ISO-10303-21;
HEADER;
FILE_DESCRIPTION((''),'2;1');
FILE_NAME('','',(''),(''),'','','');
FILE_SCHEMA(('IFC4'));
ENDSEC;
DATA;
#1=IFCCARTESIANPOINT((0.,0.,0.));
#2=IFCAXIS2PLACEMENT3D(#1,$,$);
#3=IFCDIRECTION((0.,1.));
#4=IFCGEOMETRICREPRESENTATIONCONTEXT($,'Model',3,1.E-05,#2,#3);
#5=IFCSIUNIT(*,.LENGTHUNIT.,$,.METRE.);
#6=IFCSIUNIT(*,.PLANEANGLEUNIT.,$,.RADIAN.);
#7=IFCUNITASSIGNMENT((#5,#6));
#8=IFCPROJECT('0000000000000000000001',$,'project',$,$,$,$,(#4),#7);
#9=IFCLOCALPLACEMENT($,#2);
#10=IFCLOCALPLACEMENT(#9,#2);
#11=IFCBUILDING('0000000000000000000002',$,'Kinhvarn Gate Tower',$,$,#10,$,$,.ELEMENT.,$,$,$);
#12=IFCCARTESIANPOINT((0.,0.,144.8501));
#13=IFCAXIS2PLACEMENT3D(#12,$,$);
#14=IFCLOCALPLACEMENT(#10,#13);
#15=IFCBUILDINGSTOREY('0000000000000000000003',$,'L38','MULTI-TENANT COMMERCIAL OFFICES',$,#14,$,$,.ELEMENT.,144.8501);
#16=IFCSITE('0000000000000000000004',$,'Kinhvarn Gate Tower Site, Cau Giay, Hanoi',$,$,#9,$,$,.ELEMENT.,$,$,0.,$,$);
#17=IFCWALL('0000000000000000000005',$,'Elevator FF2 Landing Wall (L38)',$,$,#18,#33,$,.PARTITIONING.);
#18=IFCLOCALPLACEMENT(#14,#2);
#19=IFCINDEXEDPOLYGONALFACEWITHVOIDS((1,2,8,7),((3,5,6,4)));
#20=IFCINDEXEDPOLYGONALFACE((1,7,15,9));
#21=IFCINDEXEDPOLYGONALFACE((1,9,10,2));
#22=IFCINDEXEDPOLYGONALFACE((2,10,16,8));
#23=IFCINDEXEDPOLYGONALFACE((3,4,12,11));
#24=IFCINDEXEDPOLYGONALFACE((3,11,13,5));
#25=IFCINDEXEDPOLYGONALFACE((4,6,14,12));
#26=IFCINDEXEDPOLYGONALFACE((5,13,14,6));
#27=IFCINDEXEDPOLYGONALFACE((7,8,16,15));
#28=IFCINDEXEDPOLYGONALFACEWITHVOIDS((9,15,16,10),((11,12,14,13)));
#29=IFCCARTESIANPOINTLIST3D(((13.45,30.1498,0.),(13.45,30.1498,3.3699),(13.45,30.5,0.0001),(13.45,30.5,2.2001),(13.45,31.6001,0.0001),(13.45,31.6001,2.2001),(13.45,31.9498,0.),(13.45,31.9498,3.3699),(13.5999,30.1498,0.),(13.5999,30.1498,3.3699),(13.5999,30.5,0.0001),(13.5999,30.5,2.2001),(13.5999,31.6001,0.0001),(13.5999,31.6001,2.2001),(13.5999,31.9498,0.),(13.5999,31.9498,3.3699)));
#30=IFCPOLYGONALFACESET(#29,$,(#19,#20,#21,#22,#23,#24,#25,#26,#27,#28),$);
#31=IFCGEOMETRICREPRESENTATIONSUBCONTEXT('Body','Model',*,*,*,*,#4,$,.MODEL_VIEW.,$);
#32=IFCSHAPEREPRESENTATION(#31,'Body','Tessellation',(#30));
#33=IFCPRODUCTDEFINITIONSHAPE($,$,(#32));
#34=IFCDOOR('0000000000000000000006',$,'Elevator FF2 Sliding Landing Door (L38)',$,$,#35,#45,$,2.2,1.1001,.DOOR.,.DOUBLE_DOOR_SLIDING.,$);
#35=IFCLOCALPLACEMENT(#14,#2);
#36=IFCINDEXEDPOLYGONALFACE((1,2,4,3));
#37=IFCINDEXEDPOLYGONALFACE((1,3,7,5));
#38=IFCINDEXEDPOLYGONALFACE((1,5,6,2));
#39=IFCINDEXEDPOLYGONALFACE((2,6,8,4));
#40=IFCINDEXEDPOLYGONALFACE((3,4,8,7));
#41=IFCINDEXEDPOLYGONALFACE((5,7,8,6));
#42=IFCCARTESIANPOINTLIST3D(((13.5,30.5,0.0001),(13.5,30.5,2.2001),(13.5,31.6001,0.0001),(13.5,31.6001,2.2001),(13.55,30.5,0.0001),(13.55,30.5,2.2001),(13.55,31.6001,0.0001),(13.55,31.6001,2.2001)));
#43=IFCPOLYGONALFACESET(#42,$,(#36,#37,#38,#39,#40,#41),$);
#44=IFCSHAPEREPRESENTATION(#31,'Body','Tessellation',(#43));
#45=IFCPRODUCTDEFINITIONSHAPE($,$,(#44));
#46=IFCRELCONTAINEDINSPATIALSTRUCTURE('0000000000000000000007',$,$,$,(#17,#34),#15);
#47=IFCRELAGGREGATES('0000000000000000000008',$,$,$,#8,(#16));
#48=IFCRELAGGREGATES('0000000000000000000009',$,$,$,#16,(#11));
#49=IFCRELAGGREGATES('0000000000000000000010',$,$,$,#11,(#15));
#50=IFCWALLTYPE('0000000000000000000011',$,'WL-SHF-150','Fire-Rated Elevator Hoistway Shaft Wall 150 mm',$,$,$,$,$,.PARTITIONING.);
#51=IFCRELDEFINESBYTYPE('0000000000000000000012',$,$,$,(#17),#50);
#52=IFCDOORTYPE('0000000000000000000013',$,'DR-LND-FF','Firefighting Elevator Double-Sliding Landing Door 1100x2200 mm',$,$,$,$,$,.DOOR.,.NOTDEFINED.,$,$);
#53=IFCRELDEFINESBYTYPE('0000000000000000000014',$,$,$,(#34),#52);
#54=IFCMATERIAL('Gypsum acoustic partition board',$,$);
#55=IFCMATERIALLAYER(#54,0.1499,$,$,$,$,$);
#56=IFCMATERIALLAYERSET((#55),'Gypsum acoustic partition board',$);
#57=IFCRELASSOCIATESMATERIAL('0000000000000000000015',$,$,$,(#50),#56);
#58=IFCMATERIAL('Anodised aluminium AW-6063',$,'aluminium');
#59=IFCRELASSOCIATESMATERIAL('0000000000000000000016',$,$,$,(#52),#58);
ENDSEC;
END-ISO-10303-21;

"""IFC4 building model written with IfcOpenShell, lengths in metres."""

from ifc_helpers import new_model, si_unit, direction, frame, frame_2d, origin, place, context, subcontext, project, spatial, rectangle, extrude, material, layer, layer_set, type_object, element, fill, save


model = new_model("IFC4")

# Units and contexts
model_context = context("Model", 3, precision=1e-05, world=origin(), true_north=direction((0.0, 1.0)))
body_context = subcontext(model_context, "Body", "Model", "MODEL_VIEW")
ifc_project = project(units=[si_unit("LENGTHUNIT", "METRE"), si_unit("PLANEANGLEUNIT", "RADIAN")], contexts=[model_context])

# Site, building, storey
site_placement = place(None, origin())
site = spatial("IfcSite", under=ifc_project, at=site_placement, Name="Kinhvarn Gate Tower Site, Cau Giay, Hanoi", CompositionType="ELEMENT", RefElevation=0.0)
building_placement = place(site_placement, origin())
building = spatial("IfcBuilding", under=site, at=building_placement, Name="Kinhvarn Gate Tower", CompositionType="ELEMENT")
storey_placement = place(building_placement, frame((0.0, 0.0, 144.8501)))
storey = spatial("IfcBuildingStorey", under=building, at=storey_placement, Name="L38", Description="MULTI-TENANT COMMERCIAL OFFICES", CompositionType="ELEMENT", Elevation=144.8501)

# Shared definitions
ifc_material_1 = material(Name="Gypsum acoustic partition board")

# Shared definitions
ifc_layer_1 = layer(ifc_material_1, 0.1499)
ifc_layer_set_1 = layer_set([ifc_layer_1], Name="Gypsum acoustic partition board")
wall_type_1 = type_object("IfcWallType", Name="WL-SHF-150", Description="Fire-Rated Elevator Hoistway Shaft Wall 150 mm", PredefinedType="PARTITIONING", material=ifc_layer_set_1)
ifc_material_2 = material(Name="Anodised aluminium AW-6063", Category="aluminium")

# Wall, opening, door
wall_1_placement = place(storey_placement, frame((13.5249, 30.1499, 0.0), z_axis=(0.0, 0.0, 1.0), x_axis=(0.0, 1.0, 0.0)))
wall_1 = element("IfcWall", 1, at=wall_1_placement, inside=storey, type_object=wall_type_1, Name="Elevator FF2 Landing Wall (L38)", PredefinedType="PARTITIONING", context=body_context, shape_type="SweptSolid", body=[
    extrude(rectangle(XDim=1.8, YDim=0.1499, at=frame_2d((0.8999, 0.0))), origin(), (0.0, 0.0, 1.0), 3.3699),
])
opening_1_placement = place(wall_1_placement, frame((0.3501, 0.0, 0.0)))
opening_1 = element("IfcOpeningElement", 2, at=opening_1_placement, cuts=wall_1, PredefinedType="OPENING", context=body_context, shape_type="SweptSolid", body=[
    extrude(rectangle(XDim=1.1001, YDim=2.2, at=frame_2d((0.55, 1.1001))), frame((0.0, 0.085, 0.0), z_axis=(0.0, -1.0, 0.0), x_axis=(1.0, 0.0, 0.0)), (0.0, 0.0, 1.0), 0.1699),
])
door_type_1 = type_object("IfcDoorType", Name="DR-LND-FF", Description="Firefighting Elevator Double-Sliding Landing Door 1100x2200 mm", OperationType="NOTDEFINED", PredefinedType="DOOR", material=ifc_material_2)
door_1_placement = place(opening_1_placement, origin())
door_1 = element("IfcDoor", 3, at=door_1_placement, inside=storey, type_object=door_type_1, Name="Elevator FF2 Sliding Landing Door (L38)", OperationType="DOUBLE_DOOR_SLIDING", OverallHeight=2.2, OverallWidth=1.1001, PredefinedType="DOOR", context=body_context, shape_type="SweptSolid", body=[
    extrude(rectangle(XDim=1.1001, YDim=2.2, at=frame_2d((0.55, 1.1001))), frame((0.0, 0.0249, 0.0), z_axis=(0.0, -1.0, 0.0), x_axis=(1.0, 0.0, 0.0)), (0.0, 0.0, 1.0), 0.05),
])
fill(opening_1, door_1)

save(model, "model.ifc")
